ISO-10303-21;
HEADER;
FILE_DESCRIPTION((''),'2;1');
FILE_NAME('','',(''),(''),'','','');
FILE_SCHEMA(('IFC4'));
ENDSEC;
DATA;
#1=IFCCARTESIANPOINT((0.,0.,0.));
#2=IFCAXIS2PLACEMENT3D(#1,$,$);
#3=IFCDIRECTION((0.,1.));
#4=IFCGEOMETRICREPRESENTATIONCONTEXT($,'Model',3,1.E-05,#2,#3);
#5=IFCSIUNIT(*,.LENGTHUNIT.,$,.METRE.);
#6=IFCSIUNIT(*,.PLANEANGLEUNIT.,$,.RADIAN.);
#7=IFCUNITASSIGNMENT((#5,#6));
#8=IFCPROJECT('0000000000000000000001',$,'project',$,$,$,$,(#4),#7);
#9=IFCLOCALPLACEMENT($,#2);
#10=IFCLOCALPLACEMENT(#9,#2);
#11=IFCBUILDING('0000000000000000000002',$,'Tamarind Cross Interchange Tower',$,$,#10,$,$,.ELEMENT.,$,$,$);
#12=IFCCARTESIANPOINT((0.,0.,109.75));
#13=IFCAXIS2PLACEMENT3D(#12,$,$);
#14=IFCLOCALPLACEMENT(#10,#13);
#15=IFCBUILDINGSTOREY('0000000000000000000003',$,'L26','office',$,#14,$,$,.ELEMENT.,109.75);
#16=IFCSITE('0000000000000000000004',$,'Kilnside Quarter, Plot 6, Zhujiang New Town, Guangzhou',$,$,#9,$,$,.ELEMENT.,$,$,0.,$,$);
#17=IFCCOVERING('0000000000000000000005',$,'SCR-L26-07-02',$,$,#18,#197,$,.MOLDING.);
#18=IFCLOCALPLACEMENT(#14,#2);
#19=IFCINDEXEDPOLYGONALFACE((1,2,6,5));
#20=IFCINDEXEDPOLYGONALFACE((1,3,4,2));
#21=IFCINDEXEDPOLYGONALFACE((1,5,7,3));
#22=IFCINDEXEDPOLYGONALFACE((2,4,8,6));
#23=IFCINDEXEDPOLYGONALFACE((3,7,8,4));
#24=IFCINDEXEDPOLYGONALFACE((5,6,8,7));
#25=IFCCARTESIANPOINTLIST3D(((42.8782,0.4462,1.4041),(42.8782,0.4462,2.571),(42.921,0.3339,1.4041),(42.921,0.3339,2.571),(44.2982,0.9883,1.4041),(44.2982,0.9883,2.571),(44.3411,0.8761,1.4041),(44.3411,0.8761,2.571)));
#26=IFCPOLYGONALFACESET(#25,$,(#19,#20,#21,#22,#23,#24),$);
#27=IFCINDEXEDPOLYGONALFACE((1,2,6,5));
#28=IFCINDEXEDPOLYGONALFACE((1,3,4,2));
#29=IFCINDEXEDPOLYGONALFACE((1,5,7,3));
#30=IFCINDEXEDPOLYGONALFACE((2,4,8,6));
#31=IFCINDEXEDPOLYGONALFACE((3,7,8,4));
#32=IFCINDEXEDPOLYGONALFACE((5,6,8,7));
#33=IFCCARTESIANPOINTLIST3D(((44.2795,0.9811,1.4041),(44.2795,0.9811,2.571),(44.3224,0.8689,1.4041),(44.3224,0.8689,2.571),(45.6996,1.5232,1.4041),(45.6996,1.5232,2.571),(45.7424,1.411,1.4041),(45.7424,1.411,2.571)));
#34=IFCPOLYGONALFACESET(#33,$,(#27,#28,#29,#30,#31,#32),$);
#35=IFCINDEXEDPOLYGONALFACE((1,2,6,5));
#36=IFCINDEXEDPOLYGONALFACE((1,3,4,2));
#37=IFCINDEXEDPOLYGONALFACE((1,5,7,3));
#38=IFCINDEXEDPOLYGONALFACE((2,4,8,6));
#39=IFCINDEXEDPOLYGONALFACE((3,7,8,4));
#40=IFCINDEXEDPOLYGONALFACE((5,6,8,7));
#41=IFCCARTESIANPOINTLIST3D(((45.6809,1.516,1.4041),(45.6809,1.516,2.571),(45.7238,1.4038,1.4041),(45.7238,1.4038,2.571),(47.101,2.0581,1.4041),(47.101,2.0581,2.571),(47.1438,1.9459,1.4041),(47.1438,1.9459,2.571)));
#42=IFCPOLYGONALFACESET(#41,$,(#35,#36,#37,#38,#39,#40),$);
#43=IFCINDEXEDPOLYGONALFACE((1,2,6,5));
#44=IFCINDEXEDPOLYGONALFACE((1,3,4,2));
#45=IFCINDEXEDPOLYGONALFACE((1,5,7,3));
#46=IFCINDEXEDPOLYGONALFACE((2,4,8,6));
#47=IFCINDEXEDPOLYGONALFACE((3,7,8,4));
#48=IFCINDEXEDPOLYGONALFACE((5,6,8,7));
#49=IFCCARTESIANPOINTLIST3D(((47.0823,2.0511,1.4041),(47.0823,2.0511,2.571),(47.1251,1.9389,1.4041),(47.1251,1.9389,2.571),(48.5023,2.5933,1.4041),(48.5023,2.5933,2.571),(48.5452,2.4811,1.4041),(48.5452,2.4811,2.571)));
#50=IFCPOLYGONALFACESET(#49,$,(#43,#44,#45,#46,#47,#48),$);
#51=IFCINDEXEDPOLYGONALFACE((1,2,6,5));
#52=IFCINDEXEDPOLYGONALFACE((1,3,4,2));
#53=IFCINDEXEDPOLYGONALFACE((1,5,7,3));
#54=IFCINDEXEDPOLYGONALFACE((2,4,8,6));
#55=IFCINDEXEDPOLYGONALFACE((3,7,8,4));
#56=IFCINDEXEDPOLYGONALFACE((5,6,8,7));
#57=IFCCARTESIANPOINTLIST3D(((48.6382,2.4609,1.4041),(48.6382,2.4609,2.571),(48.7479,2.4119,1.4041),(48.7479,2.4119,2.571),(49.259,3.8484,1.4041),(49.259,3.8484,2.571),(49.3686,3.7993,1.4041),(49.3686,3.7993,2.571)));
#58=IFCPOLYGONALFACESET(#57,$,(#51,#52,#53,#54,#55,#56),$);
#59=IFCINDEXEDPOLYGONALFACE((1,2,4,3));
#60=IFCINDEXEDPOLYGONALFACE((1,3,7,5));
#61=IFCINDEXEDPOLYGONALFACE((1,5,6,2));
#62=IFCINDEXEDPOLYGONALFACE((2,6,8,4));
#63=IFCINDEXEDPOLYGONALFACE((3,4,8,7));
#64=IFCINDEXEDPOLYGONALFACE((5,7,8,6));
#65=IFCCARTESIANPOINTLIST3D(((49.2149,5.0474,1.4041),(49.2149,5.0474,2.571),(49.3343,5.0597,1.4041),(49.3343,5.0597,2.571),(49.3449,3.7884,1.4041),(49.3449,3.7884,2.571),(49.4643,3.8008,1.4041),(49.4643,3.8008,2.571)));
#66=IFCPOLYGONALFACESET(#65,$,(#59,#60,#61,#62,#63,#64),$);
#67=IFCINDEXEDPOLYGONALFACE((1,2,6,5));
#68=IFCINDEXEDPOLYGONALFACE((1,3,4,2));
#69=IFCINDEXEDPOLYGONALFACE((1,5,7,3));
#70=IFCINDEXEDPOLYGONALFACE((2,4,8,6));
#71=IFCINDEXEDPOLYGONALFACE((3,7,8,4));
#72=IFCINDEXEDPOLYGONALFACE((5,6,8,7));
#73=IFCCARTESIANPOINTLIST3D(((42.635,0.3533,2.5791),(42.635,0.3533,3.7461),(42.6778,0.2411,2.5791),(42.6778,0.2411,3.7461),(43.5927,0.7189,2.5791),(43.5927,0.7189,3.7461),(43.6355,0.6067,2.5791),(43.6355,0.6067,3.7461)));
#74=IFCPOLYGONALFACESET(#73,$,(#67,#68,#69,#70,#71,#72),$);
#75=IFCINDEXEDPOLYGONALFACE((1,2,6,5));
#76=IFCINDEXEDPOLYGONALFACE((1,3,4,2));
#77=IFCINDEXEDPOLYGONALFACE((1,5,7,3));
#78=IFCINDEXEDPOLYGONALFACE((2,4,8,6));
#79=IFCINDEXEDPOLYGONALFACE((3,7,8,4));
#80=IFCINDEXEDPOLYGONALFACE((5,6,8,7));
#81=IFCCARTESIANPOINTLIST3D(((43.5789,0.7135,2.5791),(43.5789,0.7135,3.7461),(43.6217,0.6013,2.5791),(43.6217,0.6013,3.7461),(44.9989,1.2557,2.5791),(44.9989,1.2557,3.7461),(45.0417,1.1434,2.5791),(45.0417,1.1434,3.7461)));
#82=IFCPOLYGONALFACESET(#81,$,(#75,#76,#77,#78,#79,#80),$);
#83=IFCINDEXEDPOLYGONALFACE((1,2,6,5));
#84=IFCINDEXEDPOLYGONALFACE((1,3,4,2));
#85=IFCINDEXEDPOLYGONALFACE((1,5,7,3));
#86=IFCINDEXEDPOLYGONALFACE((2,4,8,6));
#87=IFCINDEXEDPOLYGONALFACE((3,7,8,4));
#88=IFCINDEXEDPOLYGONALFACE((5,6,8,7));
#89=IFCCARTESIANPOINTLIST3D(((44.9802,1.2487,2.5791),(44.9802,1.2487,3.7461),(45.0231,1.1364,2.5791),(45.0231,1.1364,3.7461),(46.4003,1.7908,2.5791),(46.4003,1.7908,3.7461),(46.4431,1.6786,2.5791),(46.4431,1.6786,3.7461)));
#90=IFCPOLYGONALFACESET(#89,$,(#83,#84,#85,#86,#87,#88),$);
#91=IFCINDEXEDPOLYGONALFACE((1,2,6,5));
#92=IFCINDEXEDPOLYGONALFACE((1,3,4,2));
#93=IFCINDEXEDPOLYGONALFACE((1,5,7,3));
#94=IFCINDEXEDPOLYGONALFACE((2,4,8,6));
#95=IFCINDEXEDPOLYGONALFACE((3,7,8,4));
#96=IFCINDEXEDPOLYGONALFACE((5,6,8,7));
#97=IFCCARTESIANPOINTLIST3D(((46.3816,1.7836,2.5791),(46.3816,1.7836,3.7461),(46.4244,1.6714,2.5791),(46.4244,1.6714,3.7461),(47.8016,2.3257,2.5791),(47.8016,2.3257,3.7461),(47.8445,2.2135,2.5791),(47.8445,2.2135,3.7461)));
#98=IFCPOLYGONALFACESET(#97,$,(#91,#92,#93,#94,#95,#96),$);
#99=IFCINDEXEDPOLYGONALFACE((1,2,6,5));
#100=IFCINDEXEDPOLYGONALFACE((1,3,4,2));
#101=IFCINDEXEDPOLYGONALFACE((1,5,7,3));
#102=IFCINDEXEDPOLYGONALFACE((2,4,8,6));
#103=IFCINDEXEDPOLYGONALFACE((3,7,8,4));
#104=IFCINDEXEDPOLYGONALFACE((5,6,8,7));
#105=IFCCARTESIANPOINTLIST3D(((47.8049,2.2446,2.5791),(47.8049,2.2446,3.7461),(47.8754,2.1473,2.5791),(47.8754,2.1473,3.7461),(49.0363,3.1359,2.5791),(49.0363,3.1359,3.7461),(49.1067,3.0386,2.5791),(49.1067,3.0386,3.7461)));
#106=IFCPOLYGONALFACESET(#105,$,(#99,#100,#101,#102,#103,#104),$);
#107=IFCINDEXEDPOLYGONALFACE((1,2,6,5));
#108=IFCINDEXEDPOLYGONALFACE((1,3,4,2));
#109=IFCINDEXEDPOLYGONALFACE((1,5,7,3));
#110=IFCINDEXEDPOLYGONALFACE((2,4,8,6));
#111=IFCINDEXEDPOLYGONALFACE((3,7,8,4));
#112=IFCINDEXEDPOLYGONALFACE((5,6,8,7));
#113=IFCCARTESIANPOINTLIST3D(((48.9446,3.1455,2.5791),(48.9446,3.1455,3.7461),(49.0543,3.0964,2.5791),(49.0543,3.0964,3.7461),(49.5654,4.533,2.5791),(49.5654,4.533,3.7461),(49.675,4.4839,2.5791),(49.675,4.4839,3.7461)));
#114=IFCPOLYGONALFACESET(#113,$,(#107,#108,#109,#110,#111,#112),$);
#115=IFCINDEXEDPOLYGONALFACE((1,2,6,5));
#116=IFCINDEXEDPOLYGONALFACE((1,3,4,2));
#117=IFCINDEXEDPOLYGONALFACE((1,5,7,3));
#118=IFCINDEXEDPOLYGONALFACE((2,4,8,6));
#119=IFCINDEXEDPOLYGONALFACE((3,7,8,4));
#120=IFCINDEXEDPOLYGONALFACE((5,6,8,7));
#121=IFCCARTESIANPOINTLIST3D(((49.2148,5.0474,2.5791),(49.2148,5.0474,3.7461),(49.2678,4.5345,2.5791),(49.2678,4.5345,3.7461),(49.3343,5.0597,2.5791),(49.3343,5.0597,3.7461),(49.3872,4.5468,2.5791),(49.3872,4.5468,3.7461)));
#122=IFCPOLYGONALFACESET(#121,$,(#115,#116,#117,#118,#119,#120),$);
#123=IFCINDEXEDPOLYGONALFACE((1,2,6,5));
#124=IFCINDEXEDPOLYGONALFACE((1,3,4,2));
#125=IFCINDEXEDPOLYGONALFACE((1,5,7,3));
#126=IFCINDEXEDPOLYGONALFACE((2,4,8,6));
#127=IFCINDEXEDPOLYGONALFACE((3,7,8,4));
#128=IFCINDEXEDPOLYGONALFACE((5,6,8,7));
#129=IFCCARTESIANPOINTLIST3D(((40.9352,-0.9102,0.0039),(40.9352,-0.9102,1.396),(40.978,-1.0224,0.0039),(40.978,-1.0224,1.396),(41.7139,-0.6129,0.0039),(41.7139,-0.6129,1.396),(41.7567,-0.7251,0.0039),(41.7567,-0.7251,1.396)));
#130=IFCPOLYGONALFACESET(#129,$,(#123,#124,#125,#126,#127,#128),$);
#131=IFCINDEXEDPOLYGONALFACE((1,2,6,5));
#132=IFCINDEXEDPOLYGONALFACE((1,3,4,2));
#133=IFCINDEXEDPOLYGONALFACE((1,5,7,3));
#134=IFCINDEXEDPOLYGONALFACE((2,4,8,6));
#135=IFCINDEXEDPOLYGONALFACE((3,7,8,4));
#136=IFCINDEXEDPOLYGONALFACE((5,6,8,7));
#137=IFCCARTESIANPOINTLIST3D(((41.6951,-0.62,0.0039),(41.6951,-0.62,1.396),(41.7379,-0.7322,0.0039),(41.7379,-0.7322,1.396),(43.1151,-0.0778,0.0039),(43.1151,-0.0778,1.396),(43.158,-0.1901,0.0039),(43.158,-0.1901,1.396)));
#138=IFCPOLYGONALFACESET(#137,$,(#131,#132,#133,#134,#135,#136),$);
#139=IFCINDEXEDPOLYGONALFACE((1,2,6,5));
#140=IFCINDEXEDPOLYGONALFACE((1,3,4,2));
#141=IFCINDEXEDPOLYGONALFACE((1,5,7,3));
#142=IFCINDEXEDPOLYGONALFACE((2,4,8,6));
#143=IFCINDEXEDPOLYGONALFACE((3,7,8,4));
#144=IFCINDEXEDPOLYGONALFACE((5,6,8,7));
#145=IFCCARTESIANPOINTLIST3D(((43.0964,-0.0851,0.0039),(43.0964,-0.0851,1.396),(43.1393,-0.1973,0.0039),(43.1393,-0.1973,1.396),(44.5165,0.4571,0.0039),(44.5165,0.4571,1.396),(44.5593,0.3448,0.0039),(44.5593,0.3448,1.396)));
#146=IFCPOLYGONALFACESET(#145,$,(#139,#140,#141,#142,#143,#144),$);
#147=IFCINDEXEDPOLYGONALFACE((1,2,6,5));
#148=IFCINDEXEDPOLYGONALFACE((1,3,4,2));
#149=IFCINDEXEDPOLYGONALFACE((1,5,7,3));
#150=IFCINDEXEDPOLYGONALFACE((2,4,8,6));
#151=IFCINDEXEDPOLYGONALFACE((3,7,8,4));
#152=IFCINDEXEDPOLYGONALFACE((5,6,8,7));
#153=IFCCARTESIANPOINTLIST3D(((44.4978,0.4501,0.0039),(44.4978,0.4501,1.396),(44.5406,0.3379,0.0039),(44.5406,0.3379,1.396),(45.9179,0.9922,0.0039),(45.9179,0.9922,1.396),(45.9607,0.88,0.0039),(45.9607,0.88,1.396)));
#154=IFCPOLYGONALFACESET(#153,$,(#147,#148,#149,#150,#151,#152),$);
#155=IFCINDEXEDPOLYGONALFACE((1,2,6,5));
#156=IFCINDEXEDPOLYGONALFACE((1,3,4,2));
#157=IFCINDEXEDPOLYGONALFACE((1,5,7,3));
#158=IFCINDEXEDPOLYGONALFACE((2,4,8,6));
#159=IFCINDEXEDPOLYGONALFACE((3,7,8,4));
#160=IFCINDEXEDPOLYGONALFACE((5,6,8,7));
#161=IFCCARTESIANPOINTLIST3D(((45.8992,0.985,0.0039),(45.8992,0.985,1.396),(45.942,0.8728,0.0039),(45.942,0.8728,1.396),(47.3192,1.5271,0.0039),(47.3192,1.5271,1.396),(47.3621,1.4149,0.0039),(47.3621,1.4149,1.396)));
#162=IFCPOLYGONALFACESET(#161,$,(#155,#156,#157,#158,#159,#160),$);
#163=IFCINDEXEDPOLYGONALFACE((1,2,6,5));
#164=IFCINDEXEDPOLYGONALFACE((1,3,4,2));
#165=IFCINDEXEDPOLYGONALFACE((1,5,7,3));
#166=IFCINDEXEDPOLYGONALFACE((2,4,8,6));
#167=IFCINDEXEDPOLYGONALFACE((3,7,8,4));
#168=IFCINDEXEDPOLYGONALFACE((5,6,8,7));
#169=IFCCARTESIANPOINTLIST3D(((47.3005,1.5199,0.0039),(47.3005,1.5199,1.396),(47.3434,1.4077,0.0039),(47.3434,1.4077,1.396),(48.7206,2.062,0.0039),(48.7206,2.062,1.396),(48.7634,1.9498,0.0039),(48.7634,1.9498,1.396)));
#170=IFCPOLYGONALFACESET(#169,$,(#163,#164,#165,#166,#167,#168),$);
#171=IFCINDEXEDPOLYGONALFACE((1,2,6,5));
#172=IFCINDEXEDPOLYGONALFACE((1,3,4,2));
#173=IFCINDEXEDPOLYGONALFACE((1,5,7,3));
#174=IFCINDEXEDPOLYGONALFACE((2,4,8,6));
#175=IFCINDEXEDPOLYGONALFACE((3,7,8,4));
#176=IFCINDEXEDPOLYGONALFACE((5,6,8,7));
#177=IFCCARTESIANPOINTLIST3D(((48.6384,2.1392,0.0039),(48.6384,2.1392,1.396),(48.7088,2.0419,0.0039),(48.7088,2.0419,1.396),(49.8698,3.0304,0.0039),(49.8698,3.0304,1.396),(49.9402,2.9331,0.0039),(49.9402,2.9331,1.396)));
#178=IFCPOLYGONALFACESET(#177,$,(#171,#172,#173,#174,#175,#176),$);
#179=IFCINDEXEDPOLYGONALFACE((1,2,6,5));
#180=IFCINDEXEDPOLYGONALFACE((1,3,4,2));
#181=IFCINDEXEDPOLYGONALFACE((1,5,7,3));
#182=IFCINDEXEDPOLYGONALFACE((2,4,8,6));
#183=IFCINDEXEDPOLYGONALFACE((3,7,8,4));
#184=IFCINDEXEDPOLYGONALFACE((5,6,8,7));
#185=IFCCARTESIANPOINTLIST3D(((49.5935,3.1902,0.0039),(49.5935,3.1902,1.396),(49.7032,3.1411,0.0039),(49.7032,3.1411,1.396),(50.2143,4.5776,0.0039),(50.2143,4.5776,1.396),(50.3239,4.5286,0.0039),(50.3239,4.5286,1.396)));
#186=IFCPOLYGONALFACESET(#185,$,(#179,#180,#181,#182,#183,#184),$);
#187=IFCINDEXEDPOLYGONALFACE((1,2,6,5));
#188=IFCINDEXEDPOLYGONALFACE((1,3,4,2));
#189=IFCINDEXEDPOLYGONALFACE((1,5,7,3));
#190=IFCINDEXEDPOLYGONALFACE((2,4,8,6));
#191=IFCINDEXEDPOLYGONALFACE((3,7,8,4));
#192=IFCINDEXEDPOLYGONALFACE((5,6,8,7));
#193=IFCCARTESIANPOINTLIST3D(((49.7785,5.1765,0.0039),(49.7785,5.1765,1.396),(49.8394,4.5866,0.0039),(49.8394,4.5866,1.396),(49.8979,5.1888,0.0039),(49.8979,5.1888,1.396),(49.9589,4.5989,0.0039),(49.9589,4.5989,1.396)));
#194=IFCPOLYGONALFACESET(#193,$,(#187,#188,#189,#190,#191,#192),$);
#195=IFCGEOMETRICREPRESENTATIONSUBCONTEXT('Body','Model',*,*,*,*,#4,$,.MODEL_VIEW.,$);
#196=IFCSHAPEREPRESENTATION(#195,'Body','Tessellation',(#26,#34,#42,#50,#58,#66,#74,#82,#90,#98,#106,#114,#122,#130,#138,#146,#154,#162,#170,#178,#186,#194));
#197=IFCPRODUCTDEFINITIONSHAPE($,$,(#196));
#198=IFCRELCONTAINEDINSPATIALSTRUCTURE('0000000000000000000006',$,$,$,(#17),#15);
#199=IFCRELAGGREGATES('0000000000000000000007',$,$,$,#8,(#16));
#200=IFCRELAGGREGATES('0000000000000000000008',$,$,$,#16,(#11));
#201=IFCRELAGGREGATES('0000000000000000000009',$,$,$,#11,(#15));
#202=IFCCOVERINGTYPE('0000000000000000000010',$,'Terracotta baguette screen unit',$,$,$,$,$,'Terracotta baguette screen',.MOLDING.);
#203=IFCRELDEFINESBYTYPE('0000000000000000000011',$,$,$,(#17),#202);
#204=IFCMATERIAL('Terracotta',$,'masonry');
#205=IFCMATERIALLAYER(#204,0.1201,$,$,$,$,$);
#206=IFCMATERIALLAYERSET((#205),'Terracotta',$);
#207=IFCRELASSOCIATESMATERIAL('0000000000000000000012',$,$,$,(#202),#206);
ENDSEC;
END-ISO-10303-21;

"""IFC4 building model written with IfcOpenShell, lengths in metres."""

from ifc_helpers import new_model, si_unit, direction, frame, origin, origin_2d, place, context, subcontext, project, spatial, rectangle, extrude, material, layer, layer_set, type_object, element, save


model = new_model("IFC4")

# Units and contexts
model_context = context("Model", 3, precision=1e-05, world=origin(), true_north=direction((0.0, 1.0)))
body_context = subcontext(model_context, "Body", "Model", "MODEL_VIEW")
ifc_project = project(units=[si_unit("LENGTHUNIT", "METRE"), si_unit("PLANEANGLEUNIT", "RADIAN")], contexts=[model_context])

# Site, building, storey
site_placement = place(None, origin())
site = spatial("IfcSite", under=ifc_project, at=site_placement, Name="Kilnside Quarter, Plot 6, Zhujiang New Town, Guangzhou", CompositionType="ELEMENT", RefElevation=0.0)
building_placement = place(site_placement, origin())
building = spatial("IfcBuilding", under=site, at=building_placement, Name="Tamarind Cross Interchange Tower", CompositionType="ELEMENT")
storey_placement = place(building_placement, frame((0.0, 0.0, 109.75)))
storey = spatial("IfcBuildingStorey", under=building, at=storey_placement, Name="L26", Description="office", CompositionType="ELEMENT", Elevation=109.75)

# Covering
ifc_material_1 = material(Name="Terracotta", Category="masonry")
ifc_layer_1 = layer(ifc_material_1, 0.1201)
ifc_layer_set_1 = layer_set([ifc_layer_1], Name="Terracotta")
covering_type = type_object("IfcCoveringType", Name="Terracotta baguette screen unit", ElementType="Terracotta baguette screen", PredefinedType="MOLDING", material=ifc_layer_set_1)
covering_1_placement = place(storey_placement, origin())
element("IfcCovering", 1, at=covering_1_placement, inside=storey, type_object=covering_type, Name="SCR-L26-07-02", PredefinedType="MOLDING", context=body_context, shape_type="SweptSolid", body=[
    extrude(rectangle(XDim=1.52, YDim=0.1201, at=origin_2d()), frame((43.6096, 0.6611, 1.4041), z_axis=(0.0, 0.0, 1.0), x_axis=(0.934229, 0.356673, 0.0)), (0.0, 0.0, 1.0), 1.167),
    extrude(rectangle(XDim=1.52, YDim=0.1201, at=origin_2d()), frame((45.011, 1.196, 1.4041), z_axis=(0.0, 0.0, 1.0), x_axis=(0.934229, 0.356673, 0.0)), (0.0, 0.0, 1.0), 1.167),
    extrude(rectangle(XDim=1.52, YDim=0.1201, at=origin_2d()), frame((46.4124, 1.731, 1.4041), z_axis=(0.0, 0.0, 1.0), x_axis=(0.934229, 0.356673, 0.0)), (0.0, 0.0, 1.0), 1.167),
    extrude(rectangle(XDim=1.52, YDim=0.1201, at=origin_2d()), frame((47.8137, 2.2661, 1.4041), z_axis=(0.0, 0.0, 1.0), x_axis=(0.934229, 0.356673, 0.0)), (0.0, 0.0, 1.0), 1.167),
    extrude(rectangle(XDim=1.52, YDim=0.1201, at=origin_2d()), frame((49.0034, 3.1301, 1.4041), z_axis=(0.0, 0.0, 1.0), x_axis=(0.408394, 0.912806, 0.0)), (0.0, 0.0, 1.0), 1.167),
    extrude(rectangle(XDim=1.2656, YDim=0.1201, at=origin_2d()), frame((49.3396, 4.4241, 1.4041), z_axis=(0.0, 0.0, 1.0), x_axis=(-0.102723, 0.99471, 0.0)), (0.0, 0.0, 1.0), 1.167),
    extrude(rectangle(XDim=1.0251, YDim=0.1201, at=origin_2d()), frame((43.1353, 0.48, 2.5791), z_axis=(0.0, 0.0, 1.0), x_axis=(0.934229, 0.356673, 0.0)), (0.0, 0.0, 1.0), 1.167),
    extrude(rectangle(XDim=1.52, YDim=0.1201, at=origin_2d()), frame((44.3103, 0.9285, 2.5791), z_axis=(0.0, 0.0, 1.0), x_axis=(0.934229, 0.356673, 0.0)), (0.0, 0.0, 1.0), 1.167),
    extrude(rectangle(XDim=1.52, YDim=0.1201, at=origin_2d()), frame((45.7117, 1.4636, 2.5791), z_axis=(0.0, 0.0, 1.0), x_axis=(0.934229, 0.356673, 0.0)), (0.0, 0.0, 1.0), 1.167),
    extrude(rectangle(XDim=1.52, YDim=0.1201, at=origin_2d()), frame((47.113, 1.9985, 2.5791), z_axis=(0.0, 0.0, 1.0), x_axis=(0.934229, 0.356673, 0.0)), (0.0, 0.0, 1.0), 1.167),
    extrude(rectangle(XDim=1.52, YDim=0.1201, at=origin_2d()), frame((48.4558, 2.6416, 2.5791), z_axis=(0.0, 0.0, 1.0), x_axis=(0.810083, 0.586316, 0.0)), (0.0, 0.0, 1.0), 1.167),
    extrude(rectangle(XDim=1.52, YDim=0.1201, at=origin_2d()), frame((49.3098, 3.8147, 2.5791), z_axis=(0.0, 0.0, 1.0), x_axis=(0.408394, 0.912806, 0.0)), (0.0, 0.0, 1.0), 1.167),
    extrude(rectangle(XDim=0.5156, YDim=0.1201, at=origin_2d()), frame((49.301, 4.7971, 2.5791), z_axis=(0.0, 0.0, 1.0), x_axis=(-0.102723, 0.99471, 0.0)), (0.0, 0.0, 1.0), 1.167),
    extrude(rectangle(XDim=0.8335, YDim=0.1201, at=origin_2d()), frame((41.3459, -0.8176, 0.0039), z_axis=(0.0, 0.0, 1.0), x_axis=(0.934229, 0.356673, 0.0)), (0.0, 0.0, 1.0), 1.3921),
    extrude(rectangle(XDim=1.52, YDim=0.1201, at=origin_2d()), frame((42.4265, -0.405, 0.0039), z_axis=(0.0, 0.0, 1.0), x_axis=(0.934229, 0.356673, 0.0)), (0.0, 0.0, 1.0), 1.3921),
    extrude(rectangle(XDim=1.52, YDim=0.1201, at=origin_2d()), frame((43.8279, 0.1299, 0.0039), z_axis=(0.0, 0.0, 1.0), x_axis=(0.934229, 0.356673, 0.0)), (0.0, 0.0, 1.0), 1.3921),
    extrude(rectangle(XDim=1.52, YDim=0.1201, at=origin_2d()), frame((45.2292, 0.665, 0.0039), z_axis=(0.0, 0.0, 1.0), x_axis=(0.934229, 0.356673, 0.0)), (0.0, 0.0, 1.0), 1.3921),
    extrude(rectangle(XDim=1.52, YDim=0.1201, at=origin_2d()), frame((46.6306, 1.2, 0.0039), z_axis=(0.0, 0.0, 1.0), x_axis=(0.934229, 0.356673, 0.0)), (0.0, 0.0, 1.0), 1.3921),
    extrude(rectangle(XDim=1.52, YDim=0.1201, at=origin_2d()), frame((48.032, 1.7349, 0.0039), z_axis=(0.0, 0.0, 1.0), x_axis=(0.934229, 0.356673, 0.0)), (0.0, 0.0, 1.0), 1.3921),
    extrude(rectangle(XDim=1.52, YDim=0.1201, at=origin_2d()), frame((49.2893, 2.5361, 0.0039), z_axis=(0.0, 0.0, 1.0), x_axis=(0.810083, 0.586316, 0.0)), (0.0, 0.0, 1.0), 1.3921),
    extrude(rectangle(XDim=1.52, YDim=0.1201, at=origin_2d()), frame((49.9587, 3.8594, 0.0039), z_axis=(0.0, 0.0, 1.0), x_axis=(0.408394, 0.912806, 0.0)), (0.0, 0.0, 1.0), 1.3921),
    extrude(rectangle(XDim=0.593, YDim=0.1201, at=origin_2d()), frame((49.8687, 4.8877, 0.0039), z_axis=(0.0, 0.0, 1.0), x_axis=(-0.102723, 0.99471, 0.0)), (0.0, 0.0, 1.0), 1.3921),
])

save(model, "model.ifc")
